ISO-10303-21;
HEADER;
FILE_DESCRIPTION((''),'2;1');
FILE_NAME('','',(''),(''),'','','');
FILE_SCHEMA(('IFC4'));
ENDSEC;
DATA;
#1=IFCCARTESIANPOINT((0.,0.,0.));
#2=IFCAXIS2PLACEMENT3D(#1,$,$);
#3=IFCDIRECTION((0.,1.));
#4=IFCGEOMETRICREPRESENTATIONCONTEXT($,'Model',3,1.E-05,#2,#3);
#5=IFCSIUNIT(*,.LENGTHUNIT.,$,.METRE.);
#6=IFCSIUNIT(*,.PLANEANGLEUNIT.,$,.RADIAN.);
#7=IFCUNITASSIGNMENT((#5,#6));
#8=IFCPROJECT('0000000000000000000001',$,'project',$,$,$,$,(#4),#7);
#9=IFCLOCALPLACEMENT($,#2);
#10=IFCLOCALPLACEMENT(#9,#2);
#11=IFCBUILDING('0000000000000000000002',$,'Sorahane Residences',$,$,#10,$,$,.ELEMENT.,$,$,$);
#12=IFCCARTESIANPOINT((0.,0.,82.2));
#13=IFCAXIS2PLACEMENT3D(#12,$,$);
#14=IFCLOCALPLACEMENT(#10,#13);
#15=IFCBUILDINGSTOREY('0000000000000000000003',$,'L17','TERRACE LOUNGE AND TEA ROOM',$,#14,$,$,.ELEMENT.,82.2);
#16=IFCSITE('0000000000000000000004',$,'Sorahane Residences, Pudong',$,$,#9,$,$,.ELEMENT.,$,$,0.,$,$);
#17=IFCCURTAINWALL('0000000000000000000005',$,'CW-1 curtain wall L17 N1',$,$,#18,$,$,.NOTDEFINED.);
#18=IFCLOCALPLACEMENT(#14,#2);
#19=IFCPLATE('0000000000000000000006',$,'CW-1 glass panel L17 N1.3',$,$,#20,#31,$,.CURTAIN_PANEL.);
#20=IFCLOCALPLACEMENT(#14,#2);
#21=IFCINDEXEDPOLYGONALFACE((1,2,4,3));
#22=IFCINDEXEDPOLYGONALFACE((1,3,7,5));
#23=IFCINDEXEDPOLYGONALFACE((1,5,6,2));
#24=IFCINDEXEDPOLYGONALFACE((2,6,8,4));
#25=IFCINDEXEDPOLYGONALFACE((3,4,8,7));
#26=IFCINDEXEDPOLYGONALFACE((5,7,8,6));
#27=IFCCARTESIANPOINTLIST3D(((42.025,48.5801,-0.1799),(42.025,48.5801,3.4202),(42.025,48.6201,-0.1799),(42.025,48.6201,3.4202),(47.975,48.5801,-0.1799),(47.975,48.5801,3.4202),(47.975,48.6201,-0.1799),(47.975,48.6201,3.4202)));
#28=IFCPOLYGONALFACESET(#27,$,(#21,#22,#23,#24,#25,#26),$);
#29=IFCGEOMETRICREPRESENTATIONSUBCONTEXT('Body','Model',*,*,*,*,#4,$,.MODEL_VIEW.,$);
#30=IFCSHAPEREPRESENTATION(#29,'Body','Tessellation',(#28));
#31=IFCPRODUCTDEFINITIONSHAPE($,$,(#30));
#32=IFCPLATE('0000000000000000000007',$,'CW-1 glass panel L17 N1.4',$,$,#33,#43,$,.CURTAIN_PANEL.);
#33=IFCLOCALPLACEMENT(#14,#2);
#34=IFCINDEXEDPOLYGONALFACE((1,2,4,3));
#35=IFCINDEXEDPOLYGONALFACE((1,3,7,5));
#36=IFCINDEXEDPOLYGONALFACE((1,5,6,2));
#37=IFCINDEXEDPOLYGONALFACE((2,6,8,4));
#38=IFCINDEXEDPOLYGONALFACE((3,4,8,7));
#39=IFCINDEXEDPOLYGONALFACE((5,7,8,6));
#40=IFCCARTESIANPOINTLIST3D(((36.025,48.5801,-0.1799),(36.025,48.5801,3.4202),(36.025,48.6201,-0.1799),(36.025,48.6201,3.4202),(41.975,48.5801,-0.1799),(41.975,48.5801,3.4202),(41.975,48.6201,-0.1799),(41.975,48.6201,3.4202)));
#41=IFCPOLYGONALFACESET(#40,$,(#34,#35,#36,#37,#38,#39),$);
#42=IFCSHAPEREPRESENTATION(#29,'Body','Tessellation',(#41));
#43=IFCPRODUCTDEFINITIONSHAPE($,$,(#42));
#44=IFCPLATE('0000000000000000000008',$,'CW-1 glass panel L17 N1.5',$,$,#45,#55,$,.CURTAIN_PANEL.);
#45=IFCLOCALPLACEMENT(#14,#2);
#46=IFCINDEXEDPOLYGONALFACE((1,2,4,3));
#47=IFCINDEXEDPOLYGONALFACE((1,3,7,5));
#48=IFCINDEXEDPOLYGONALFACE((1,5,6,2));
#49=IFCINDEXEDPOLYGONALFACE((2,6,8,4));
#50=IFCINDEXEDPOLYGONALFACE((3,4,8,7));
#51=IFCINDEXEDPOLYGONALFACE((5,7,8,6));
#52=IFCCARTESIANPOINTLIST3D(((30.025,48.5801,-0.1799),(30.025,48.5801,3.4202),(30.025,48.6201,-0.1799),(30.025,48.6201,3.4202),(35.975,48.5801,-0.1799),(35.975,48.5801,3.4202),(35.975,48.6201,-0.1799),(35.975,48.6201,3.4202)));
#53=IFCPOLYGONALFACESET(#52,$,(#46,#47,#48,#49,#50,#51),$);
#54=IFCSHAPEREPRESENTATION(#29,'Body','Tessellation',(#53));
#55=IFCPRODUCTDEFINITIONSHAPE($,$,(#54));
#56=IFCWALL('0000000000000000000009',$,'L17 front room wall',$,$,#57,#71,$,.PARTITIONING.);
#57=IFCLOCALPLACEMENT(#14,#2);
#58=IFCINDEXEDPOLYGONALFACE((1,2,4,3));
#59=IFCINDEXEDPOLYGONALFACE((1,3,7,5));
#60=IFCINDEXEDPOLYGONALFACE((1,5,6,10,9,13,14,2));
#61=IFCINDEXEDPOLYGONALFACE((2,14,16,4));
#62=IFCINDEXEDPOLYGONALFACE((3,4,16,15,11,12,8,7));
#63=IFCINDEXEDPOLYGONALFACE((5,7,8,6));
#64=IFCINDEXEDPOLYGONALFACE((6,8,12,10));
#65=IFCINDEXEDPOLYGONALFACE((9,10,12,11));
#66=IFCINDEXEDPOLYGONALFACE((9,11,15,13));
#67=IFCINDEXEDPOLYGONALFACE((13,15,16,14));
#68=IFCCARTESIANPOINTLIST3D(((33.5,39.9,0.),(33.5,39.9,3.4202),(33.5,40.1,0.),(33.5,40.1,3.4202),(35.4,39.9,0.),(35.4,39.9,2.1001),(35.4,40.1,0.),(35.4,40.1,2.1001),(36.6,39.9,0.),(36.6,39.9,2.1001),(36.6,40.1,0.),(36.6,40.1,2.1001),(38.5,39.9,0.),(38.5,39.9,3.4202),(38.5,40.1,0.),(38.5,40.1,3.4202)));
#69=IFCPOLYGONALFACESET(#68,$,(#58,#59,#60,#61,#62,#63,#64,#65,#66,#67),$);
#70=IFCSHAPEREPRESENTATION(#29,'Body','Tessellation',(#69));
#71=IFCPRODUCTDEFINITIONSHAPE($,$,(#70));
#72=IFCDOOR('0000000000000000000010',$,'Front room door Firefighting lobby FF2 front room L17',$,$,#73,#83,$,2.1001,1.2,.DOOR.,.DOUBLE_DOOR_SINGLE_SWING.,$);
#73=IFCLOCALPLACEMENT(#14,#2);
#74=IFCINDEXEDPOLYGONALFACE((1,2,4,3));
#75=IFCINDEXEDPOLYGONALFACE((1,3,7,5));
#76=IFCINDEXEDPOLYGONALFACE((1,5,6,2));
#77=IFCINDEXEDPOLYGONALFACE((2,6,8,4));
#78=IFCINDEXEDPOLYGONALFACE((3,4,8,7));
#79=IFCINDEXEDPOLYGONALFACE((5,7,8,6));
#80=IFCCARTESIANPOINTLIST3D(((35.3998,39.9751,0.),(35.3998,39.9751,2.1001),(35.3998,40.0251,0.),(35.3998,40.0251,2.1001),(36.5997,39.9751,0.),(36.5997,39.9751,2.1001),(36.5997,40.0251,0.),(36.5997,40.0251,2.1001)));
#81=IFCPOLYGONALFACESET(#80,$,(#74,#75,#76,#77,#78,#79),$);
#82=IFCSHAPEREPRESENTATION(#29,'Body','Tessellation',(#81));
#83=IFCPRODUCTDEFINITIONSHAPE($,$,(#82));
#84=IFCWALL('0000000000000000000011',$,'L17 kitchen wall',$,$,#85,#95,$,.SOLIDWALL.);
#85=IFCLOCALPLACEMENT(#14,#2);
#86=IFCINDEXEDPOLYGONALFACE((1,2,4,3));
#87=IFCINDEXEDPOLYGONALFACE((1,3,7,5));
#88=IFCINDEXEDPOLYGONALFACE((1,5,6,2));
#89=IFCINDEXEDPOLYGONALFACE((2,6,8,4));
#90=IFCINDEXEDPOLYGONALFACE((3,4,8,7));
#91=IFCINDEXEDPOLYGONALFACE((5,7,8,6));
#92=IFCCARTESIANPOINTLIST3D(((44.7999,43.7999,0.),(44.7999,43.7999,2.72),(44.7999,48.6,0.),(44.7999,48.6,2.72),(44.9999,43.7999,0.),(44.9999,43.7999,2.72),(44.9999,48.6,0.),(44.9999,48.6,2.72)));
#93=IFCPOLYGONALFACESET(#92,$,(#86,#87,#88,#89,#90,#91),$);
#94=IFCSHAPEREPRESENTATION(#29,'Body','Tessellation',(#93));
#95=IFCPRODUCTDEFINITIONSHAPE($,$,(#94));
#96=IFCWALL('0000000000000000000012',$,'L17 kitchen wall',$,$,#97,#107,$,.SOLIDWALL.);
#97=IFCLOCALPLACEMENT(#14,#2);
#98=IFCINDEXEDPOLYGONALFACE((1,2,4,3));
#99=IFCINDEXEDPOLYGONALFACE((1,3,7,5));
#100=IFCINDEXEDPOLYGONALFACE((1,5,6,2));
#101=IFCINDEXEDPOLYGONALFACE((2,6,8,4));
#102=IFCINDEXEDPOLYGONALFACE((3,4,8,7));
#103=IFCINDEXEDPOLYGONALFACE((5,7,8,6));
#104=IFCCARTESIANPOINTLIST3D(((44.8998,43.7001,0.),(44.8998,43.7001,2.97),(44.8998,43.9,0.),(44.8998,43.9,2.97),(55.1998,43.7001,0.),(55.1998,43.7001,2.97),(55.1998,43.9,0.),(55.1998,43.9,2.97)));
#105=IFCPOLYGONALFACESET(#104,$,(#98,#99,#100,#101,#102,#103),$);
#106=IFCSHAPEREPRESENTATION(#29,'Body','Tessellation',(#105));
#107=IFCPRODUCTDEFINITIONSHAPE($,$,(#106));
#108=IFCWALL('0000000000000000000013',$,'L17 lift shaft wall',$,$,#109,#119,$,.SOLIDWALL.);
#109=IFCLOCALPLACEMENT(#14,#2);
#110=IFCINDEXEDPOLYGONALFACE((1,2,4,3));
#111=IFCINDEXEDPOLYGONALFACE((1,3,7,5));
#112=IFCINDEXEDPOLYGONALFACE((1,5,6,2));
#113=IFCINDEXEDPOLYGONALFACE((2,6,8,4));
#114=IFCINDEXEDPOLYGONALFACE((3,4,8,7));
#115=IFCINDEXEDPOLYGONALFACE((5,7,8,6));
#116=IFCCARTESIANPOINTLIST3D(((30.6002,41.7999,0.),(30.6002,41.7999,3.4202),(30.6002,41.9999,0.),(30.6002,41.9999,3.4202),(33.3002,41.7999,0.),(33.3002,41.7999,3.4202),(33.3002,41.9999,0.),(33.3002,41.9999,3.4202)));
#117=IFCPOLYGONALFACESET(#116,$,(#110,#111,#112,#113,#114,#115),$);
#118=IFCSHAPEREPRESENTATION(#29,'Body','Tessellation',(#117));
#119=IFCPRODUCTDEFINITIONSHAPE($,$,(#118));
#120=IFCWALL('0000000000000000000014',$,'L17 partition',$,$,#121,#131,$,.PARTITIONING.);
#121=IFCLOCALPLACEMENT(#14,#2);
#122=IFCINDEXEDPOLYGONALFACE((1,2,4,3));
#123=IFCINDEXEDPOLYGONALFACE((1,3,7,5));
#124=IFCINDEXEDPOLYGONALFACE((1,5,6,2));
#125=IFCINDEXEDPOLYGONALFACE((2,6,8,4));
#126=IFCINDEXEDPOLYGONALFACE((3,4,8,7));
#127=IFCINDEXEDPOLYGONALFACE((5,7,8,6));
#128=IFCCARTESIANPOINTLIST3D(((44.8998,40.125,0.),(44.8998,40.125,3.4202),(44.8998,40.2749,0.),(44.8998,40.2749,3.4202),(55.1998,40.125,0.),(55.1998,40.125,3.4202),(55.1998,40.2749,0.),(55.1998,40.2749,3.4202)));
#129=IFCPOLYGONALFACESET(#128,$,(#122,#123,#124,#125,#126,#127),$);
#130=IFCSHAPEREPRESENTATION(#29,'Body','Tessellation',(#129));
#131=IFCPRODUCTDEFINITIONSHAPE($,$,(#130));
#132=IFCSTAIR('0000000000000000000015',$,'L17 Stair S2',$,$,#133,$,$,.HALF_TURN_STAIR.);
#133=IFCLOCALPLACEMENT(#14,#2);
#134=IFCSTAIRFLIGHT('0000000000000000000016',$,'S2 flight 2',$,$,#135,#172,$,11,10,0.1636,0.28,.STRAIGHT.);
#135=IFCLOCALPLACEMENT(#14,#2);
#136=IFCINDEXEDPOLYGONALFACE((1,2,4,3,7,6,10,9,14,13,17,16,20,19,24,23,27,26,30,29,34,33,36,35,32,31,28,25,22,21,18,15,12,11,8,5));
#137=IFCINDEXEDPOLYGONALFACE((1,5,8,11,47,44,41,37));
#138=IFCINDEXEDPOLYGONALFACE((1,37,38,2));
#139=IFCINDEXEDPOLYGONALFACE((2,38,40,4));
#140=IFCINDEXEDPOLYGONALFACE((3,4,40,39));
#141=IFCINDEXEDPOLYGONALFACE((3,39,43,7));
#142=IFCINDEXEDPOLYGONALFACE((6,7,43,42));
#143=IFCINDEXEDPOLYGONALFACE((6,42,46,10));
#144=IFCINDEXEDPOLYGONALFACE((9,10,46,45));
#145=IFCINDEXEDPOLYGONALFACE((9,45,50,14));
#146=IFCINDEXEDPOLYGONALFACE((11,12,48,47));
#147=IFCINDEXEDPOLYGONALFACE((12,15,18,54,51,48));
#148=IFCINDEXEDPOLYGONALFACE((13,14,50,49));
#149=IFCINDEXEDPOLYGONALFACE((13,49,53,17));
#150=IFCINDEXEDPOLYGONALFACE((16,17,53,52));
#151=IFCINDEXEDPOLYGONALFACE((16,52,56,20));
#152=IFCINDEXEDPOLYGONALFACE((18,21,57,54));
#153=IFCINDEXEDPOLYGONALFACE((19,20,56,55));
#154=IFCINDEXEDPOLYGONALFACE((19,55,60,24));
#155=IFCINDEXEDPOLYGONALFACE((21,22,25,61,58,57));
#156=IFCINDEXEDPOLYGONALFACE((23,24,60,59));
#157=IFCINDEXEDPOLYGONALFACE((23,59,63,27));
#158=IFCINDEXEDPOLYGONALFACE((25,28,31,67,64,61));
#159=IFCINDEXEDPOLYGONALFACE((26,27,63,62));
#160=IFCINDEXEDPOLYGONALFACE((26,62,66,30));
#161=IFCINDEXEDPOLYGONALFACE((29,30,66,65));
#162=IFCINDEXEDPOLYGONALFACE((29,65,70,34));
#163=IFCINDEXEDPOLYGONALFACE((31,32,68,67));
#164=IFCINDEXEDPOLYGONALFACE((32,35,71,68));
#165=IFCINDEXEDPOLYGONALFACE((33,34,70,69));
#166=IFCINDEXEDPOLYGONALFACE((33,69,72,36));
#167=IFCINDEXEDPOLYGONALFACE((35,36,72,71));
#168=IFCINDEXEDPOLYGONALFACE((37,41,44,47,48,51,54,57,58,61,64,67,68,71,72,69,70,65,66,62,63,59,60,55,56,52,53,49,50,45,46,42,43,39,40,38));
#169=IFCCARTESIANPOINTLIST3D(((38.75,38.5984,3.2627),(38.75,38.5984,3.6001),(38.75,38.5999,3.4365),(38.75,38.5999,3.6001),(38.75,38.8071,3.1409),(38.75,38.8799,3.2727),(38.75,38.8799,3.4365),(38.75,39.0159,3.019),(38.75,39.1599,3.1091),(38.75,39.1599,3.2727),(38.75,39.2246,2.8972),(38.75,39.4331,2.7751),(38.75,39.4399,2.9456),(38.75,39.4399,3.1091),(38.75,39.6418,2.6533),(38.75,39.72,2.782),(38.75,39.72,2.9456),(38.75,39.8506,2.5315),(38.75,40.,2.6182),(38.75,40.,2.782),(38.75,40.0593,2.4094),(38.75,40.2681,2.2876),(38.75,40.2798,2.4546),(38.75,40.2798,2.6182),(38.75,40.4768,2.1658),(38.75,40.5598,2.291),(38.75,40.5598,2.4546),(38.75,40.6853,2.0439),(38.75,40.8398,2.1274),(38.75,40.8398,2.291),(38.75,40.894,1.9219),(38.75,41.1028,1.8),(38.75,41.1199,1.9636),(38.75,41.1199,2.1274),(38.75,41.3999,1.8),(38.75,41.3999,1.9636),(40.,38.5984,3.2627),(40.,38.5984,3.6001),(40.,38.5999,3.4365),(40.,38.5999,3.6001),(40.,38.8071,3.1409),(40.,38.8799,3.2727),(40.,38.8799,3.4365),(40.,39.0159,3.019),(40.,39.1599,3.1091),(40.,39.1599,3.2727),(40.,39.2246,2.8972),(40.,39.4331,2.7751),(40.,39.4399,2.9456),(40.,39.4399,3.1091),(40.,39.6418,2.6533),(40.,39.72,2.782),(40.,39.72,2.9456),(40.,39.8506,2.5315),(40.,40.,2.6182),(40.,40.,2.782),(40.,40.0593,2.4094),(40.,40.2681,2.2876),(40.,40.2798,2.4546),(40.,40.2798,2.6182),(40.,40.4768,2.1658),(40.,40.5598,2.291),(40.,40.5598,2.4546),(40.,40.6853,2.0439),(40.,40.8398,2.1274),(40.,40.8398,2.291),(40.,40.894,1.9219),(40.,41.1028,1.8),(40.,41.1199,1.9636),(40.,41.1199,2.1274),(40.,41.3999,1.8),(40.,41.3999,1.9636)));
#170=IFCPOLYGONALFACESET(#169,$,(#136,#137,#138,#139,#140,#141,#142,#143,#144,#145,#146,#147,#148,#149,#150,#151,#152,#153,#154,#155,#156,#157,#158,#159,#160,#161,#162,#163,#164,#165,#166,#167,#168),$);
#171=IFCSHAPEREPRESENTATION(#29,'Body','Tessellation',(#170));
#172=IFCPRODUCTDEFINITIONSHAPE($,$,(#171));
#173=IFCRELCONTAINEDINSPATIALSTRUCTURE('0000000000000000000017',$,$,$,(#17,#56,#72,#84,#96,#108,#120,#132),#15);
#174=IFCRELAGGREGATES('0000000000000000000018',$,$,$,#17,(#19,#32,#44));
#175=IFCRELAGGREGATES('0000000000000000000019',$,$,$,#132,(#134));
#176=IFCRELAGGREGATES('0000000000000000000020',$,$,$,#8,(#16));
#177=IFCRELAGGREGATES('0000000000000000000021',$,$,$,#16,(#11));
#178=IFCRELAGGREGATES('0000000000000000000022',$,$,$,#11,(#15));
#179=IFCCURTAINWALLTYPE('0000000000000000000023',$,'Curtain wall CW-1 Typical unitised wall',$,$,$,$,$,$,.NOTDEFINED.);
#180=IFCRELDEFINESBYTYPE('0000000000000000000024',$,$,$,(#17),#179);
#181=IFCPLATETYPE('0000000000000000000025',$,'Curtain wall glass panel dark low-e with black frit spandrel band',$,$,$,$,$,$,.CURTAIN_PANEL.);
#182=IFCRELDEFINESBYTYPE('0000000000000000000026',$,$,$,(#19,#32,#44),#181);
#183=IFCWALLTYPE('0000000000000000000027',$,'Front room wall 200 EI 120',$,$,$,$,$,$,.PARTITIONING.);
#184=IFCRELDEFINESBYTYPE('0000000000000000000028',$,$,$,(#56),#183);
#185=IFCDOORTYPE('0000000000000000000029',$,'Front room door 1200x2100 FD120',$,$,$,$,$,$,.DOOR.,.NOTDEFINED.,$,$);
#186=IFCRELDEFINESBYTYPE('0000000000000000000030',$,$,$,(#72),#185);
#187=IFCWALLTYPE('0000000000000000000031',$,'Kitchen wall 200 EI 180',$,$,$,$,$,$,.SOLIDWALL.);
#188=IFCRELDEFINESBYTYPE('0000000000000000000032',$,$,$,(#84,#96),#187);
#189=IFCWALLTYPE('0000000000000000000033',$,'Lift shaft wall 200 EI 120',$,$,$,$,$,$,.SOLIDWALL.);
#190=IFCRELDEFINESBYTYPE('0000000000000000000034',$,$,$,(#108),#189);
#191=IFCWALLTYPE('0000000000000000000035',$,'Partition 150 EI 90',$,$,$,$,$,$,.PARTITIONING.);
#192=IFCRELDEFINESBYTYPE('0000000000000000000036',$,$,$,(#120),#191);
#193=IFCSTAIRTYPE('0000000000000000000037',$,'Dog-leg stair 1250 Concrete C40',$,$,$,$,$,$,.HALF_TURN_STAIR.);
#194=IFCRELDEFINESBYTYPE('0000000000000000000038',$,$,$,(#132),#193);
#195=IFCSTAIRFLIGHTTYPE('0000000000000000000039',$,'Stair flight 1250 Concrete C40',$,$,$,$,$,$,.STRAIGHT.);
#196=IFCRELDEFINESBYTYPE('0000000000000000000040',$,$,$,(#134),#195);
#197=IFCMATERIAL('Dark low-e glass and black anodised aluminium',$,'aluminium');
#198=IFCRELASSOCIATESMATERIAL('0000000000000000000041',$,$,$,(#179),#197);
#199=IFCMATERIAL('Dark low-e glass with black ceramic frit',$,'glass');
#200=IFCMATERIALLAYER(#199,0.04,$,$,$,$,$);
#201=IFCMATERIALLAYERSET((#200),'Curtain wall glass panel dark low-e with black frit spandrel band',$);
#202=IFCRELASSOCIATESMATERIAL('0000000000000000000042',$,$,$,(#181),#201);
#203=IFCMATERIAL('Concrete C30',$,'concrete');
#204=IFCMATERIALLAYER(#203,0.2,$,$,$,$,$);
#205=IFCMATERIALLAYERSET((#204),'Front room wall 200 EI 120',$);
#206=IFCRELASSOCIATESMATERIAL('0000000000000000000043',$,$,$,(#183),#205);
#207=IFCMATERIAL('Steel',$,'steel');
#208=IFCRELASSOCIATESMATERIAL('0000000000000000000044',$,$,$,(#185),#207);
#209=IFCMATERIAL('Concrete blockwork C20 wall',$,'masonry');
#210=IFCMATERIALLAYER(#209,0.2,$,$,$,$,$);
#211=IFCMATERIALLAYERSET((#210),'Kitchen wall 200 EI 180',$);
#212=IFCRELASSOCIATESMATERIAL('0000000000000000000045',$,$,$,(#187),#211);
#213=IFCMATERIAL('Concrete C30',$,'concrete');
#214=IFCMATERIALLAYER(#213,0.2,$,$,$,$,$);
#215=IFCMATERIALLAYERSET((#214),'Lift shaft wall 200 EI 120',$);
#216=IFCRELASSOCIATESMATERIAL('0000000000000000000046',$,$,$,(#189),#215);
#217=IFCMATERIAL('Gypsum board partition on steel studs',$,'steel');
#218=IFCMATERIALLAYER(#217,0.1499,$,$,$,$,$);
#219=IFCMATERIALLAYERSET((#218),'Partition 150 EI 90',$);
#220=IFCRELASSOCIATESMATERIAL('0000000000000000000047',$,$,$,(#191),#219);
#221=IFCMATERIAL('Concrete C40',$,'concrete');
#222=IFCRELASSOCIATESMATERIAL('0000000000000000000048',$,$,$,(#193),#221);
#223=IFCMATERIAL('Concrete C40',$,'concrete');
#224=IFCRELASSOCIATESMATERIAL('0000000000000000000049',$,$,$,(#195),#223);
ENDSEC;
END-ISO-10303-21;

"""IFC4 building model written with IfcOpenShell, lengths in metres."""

from ifc_helpers import new_model, si_unit, direction, frame, frame_2d, origin, origin_2d, place, context, subcontext, project, spatial, polyline, rectangle, outline, extrude, material, layer, layer_set, type_object, element, fill, aggregate, save


model = new_model("IFC4")

# Units and contexts
model_context = context("Model", 3, precision=1e-05, world=origin(), true_north=direction((0.0, 1.0)))
body_context = subcontext(model_context, "Body", "Model", "MODEL_VIEW")
ifc_project = project(units=[si_unit("LENGTHUNIT", "METRE"), si_unit("PLANEANGLEUNIT", "RADIAN")], contexts=[model_context])

# Site, building, storey
site_placement = place(None, origin())
site = spatial("IfcSite", under=ifc_project, at=site_placement, Name="Sorahane Residences, Pudong", CompositionType="ELEMENT", RefElevation=0.0)
building_placement = place(site_placement, origin())
building = spatial("IfcBuilding", under=site, at=building_placement, Name="Sorahane Residences", CompositionType="ELEMENT")
storey_placement = place(building_placement, frame((0.0, 0.0, 82.2)))
storey = spatial("IfcBuildingStorey", under=building, at=storey_placement, Name="L17", Description="TERRACE LOUNGE AND TEA ROOM", CompositionType="ELEMENT", Elevation=82.2)

# Curtain wall
ifc_material_1 = material(Name="Dark low-e glass and black anodised aluminium", Category="aluminium")
curtain_wall_type = type_object("IfcCurtainWallType", Name="Curtain wall CW-1 Typical unitised wall", PredefinedType="NOTDEFINED", material=ifc_material_1)
curtain_wall_placement = place(storey_placement, origin())
curtain_wall = element("IfcCurtainWall", 1, at=curtain_wall_placement, inside=storey, type_object=curtain_wall_type, Name="CW-1 curtain wall L17 N1", PredefinedType="NOTDEFINED")

# Plates
ifc_material_2 = material(Name="Dark low-e glass with black ceramic frit", Category="glass")
ifc_layer_1 = layer(ifc_material_2, 0.04)
ifc_layer_set_1 = layer_set([ifc_layer_1], Name="Curtain wall glass panel dark low-e with black frit spandrel band")
plate_type = type_object("IfcPlateType", Name="Curtain wall glass panel dark low-e with black frit spandrel band", PredefinedType="CURTAIN_PANEL", material=ifc_layer_set_1)
plate_1_placement = place(storey_placement, frame((45.0, 48.6001, -0.1799), z_axis=(0.0, 0.0, 1.0), x_axis=(-1.0, 0.0, 0.0)))
plate_1 = element("IfcPlate", 2, at=plate_1_placement, type_object=plate_type, Name="CW-1 glass panel L17 N1.3", PredefinedType="CURTAIN_PANEL", context=body_context, shape_type="SweptSolid", body=[
    extrude(rectangle(XDim=5.95, YDim=0.04, at=origin_2d()), origin(), (0.0, 0.0, 1.0), 3.6001),
])
plate_2_placement = place(storey_placement, frame((39.0, 48.6001, -0.1799), z_axis=(0.0, 0.0, 1.0), x_axis=(-1.0, 0.0, 0.0)))
plate_2 = element("IfcPlate", 3, at=plate_2_placement, type_object=plate_type, Name="CW-1 glass panel L17 N1.4", PredefinedType="CURTAIN_PANEL", context=body_context, shape_type="SweptSolid", body=[
    extrude(rectangle(XDim=5.95, YDim=0.04, at=origin_2d()), origin(), (0.0, 0.0, 1.0), 3.6001),
])
plate_3_placement = place(storey_placement, frame((33.0, 48.6001, -0.1799), z_axis=(0.0, 0.0, 1.0), x_axis=(-1.0, 0.0, 0.0)))
plate_3 = element("IfcPlate", 4, at=plate_3_placement, type_object=plate_type, Name="CW-1 glass panel L17 N1.5", PredefinedType="CURTAIN_PANEL", context=body_context, shape_type="SweptSolid", body=[
    extrude(rectangle(XDim=5.95, YDim=0.04, at=origin_2d()), origin(), (0.0, 0.0, 1.0), 3.6001),
])
aggregate(curtain_wall, [plate_1, plate_2, plate_3])

# Wall, opening, door
ifc_material_3 = material(Name="Concrete C30", Category="concrete")
ifc_layer_2 = layer(ifc_material_3, 0.2)
ifc_layer_set_2 = layer_set([ifc_layer_2], Name="Front room wall 200 EI 120")
wall_type_1 = type_object("IfcWallType", Name="Front room wall 200 EI 120", PredefinedType="PARTITIONING", material=ifc_layer_set_2)
wall_1_placement = place(storey_placement, frame((33.5, 40.0, 0.0), z_axis=(0.0, 0.0, 1.0), x_axis=(1.0, 0.0, 0.0)))
wall_1 = element("IfcWall", 5, at=wall_1_placement, inside=storey, type_object=wall_type_1, Name="L17 front room wall", PredefinedType="PARTITIONING", context=body_context, shape_type="SweptSolid", body=[
    extrude(rectangle(XDim=5.0, YDim=0.2, at=frame_2d((2.5, 0.0))), origin(), (0.0, 0.0, 1.0), 3.4202),
])
opening_placement = place(wall_1_placement, frame((1.8999, 0.0, 0.0)))
opening = element("IfcOpeningElement", 6, at=opening_placement, cuts=wall_1, PredefinedType="OPENING", context=body_context, shape_type="SweptSolid", body=[
    extrude(rectangle(XDim=1.2, YDim=2.1001, at=frame_2d((0.6001, 1.05))), frame((0.0, 0.1099, 0.0), z_axis=(0.0, -1.0, 0.0), x_axis=(1.0, 0.0, 0.0)), (0.0, 0.0, 1.0), 0.22),
])
ifc_material_4 = material(Name="Steel", Category="steel")
door_type = type_object("IfcDoorType", Name="Front room door 1200x2100 FD120", OperationType="NOTDEFINED", PredefinedType="DOOR", material=ifc_material_4)
door_placement = place(opening_placement, frame((1.2, 0.0, 0.0), z_axis=(0.0, 0.0, 1.0), x_axis=(-1.0, 0.0, 0.0)))
door = element("IfcDoor", 7, at=door_placement, inside=storey, type_object=door_type, Name="Front room door Firefighting lobby FF2 front room L17", OperationType="DOUBLE_DOOR_SINGLE_SWING", OverallHeight=2.1001, OverallWidth=1.2, PredefinedType="DOOR", context=body_context, shape_type="SweptSolid", body=[
    extrude(rectangle(XDim=1.2, YDim=2.1001, at=frame_2d((0.6001, 1.05))), frame((0.0, 0.0249, 0.0), z_axis=(0.0, -1.0, 0.0), x_axis=(1.0, 0.0, 0.0)), (0.0, 0.0, 1.0), 0.05),
])
fill(opening, door)

# Walls
ifc_material_5 = material(Name="Concrete blockwork C20 wall", Category="masonry")
ifc_layer_3 = layer(ifc_material_5, 0.2)
ifc_layer_set_3 = layer_set([ifc_layer_3], Name="Kitchen wall 200 EI 180")
wall_type_2 = type_object("IfcWallType", Name="Kitchen wall 200 EI 180", PredefinedType="SOLIDWALL", material=ifc_layer_set_3)
wall_2_placement = place(storey_placement, frame((44.8999, 43.8, 0.0), z_axis=(0.0, 0.0, 1.0), x_axis=(0.0, 1.0, 0.0)))
element("IfcWall", 8, at=wall_2_placement, inside=storey, type_object=wall_type_2, Name="L17 kitchen wall", PredefinedType="SOLIDWALL", context=body_context, shape_type="SweptSolid", body=[
    extrude(rectangle(XDim=4.8, YDim=0.2, at=frame_2d((2.3999, 0.0))), origin(), (0.0, 0.0, 1.0), 2.72),
])
wall_3_placement = place(storey_placement, frame((44.8999, 43.8, 0.0), z_axis=(0.0, 0.0, 1.0), x_axis=(1.0, 0.0, 0.0)))
element("IfcWall", 9, at=wall_3_placement, inside=storey, type_object=wall_type_2, Name="L17 kitchen wall", PredefinedType="SOLIDWALL", context=body_context, shape_type="SweptSolid", body=[
    extrude(rectangle(XDim=10.3, YDim=0.2, at=frame_2d((5.1499, 0.0))), origin(), (0.0, 0.0, 1.0), 2.97),
])
ifc_material_6 = material(Name="Concrete C30", Category="concrete")
ifc_layer_4 = layer(ifc_material_6, 0.2)
ifc_layer_set_4 = layer_set([ifc_layer_4], Name="Lift shaft wall 200 EI 120")
wall_type_3 = type_object("IfcWallType", Name="Lift shaft wall 200 EI 120", PredefinedType="SOLIDWALL", material=ifc_layer_set_4)
wall_4_placement = place(storey_placement, frame((30.6001, 41.8999, 0.0), z_axis=(0.0, 0.0, 1.0), x_axis=(1.0, 0.0, 0.0)))
element("IfcWall", 10, at=wall_4_placement, inside=storey, type_object=wall_type_3, Name="L17 lift shaft wall", PredefinedType="SOLIDWALL", context=body_context, shape_type="SweptSolid", body=[
    extrude(rectangle(XDim=2.7, YDim=0.2, at=frame_2d((1.3501, 0.0))), origin(), (0.0, 0.0, 1.0), 3.4202),
])
ifc_material_7 = material(Name="Gypsum board partition on steel studs", Category="steel")
ifc_layer_5 = layer(ifc_material_7, 0.1499)
ifc_layer_set_5 = layer_set([ifc_layer_5], Name="Partition 150 EI 90")
wall_type_4 = type_object("IfcWallType", Name="Partition 150 EI 90", PredefinedType="PARTITIONING", material=ifc_layer_set_5)
wall_5_placement = place(storey_placement, frame((44.8999, 40.2, 0.0), z_axis=(0.0, 0.0, 1.0), x_axis=(1.0, 0.0, 0.0)))
element("IfcWall", 11, at=wall_5_placement, inside=storey, type_object=wall_type_4, Name="L17 partition", PredefinedType="PARTITIONING", context=body_context, shape_type="SweptSolid", body=[
    extrude(rectangle(XDim=10.3, YDim=0.1499, at=frame_2d((5.1499, 0.0))), origin(), (0.0, 0.0, 1.0), 3.4202),
])

# Stair, stair flight
ifc_material_8 = material(Name="Concrete C40", Category="concrete")
stair_type = type_object("IfcStairType", Name="Dog-leg stair 1250 Concrete C40", PredefinedType="HALF_TURN_STAIR", material=ifc_material_8)
stair_placement = place(storey_placement, origin())
stair = element("IfcStair", 12, at=stair_placement, inside=storey, type_object=stair_type, Name="L17 Stair S2", PredefinedType="HALF_TURN_STAIR")
ifc_material_9 = material(Name="Concrete C40", Category="concrete")
stair_flight_type = type_object("IfcStairFlightType", Name="Stair flight 1250 Concrete C40", PredefinedType="STRAIGHT", material=ifc_material_9)
stair_flight_placement = place(storey_placement, frame((39.375, 41.3999, 1.8), z_axis=(0.0, 0.0, 1.0), x_axis=(0.0, -1.0, 0.0)))
stair_flight = element("IfcStairFlight", 13, at=stair_flight_placement, type_object=stair_flight_type, Name="S2 flight 2", NumberOfRisers=11, NumberOfTreads=10, PredefinedType="STRAIGHT", RiserHeight=0.1636, TreadLength=0.28, context=body_context, shape_type="SweptSolid", body=[
    extrude(outline(polyline([(0.0, 0.0), (0.0, 0.1636), (0.28, 0.1636), (0.28, 0.3274), (0.5601, 0.3274), (0.5601, 0.491), (0.8401, 0.491), (0.8401, 0.6545), (1.1201, 0.6545), (1.1201, 0.8181), (1.3999, 0.8181), (1.3999, 0.9819), (1.6799, 0.9819), (1.6799, 1.1455), (1.96, 1.1455), (1.96, 1.3091), (2.24, 1.3091), (2.24, 1.4727), (2.52, 1.4727), (2.52, 1.6365), (2.8, 1.6365), (2.8, 1.8), (2.8015, 1.8), (2.8015, 1.4626), (2.5928, 1.3408), (2.384, 1.219), (2.1753, 1.0972), (1.9668, 0.9751), (1.7581, 0.8533), (1.5493, 0.7314), (1.3406, 0.6094), (1.1318, 0.4875), (0.9231, 0.3657), (0.7146, 0.2439), (0.5059, 0.1218), (0.2971, 0.0), (0.0, 0.0)])), frame((0.0, 0.625, 0.0), z_axis=(0.0, -1.0, 0.0), x_axis=(1.0, 0.0, 0.0)), (0.0, 0.0, 1.0), 1.25),
])
aggregate(stair, [stair_flight])

save(model, "model.ifc")
